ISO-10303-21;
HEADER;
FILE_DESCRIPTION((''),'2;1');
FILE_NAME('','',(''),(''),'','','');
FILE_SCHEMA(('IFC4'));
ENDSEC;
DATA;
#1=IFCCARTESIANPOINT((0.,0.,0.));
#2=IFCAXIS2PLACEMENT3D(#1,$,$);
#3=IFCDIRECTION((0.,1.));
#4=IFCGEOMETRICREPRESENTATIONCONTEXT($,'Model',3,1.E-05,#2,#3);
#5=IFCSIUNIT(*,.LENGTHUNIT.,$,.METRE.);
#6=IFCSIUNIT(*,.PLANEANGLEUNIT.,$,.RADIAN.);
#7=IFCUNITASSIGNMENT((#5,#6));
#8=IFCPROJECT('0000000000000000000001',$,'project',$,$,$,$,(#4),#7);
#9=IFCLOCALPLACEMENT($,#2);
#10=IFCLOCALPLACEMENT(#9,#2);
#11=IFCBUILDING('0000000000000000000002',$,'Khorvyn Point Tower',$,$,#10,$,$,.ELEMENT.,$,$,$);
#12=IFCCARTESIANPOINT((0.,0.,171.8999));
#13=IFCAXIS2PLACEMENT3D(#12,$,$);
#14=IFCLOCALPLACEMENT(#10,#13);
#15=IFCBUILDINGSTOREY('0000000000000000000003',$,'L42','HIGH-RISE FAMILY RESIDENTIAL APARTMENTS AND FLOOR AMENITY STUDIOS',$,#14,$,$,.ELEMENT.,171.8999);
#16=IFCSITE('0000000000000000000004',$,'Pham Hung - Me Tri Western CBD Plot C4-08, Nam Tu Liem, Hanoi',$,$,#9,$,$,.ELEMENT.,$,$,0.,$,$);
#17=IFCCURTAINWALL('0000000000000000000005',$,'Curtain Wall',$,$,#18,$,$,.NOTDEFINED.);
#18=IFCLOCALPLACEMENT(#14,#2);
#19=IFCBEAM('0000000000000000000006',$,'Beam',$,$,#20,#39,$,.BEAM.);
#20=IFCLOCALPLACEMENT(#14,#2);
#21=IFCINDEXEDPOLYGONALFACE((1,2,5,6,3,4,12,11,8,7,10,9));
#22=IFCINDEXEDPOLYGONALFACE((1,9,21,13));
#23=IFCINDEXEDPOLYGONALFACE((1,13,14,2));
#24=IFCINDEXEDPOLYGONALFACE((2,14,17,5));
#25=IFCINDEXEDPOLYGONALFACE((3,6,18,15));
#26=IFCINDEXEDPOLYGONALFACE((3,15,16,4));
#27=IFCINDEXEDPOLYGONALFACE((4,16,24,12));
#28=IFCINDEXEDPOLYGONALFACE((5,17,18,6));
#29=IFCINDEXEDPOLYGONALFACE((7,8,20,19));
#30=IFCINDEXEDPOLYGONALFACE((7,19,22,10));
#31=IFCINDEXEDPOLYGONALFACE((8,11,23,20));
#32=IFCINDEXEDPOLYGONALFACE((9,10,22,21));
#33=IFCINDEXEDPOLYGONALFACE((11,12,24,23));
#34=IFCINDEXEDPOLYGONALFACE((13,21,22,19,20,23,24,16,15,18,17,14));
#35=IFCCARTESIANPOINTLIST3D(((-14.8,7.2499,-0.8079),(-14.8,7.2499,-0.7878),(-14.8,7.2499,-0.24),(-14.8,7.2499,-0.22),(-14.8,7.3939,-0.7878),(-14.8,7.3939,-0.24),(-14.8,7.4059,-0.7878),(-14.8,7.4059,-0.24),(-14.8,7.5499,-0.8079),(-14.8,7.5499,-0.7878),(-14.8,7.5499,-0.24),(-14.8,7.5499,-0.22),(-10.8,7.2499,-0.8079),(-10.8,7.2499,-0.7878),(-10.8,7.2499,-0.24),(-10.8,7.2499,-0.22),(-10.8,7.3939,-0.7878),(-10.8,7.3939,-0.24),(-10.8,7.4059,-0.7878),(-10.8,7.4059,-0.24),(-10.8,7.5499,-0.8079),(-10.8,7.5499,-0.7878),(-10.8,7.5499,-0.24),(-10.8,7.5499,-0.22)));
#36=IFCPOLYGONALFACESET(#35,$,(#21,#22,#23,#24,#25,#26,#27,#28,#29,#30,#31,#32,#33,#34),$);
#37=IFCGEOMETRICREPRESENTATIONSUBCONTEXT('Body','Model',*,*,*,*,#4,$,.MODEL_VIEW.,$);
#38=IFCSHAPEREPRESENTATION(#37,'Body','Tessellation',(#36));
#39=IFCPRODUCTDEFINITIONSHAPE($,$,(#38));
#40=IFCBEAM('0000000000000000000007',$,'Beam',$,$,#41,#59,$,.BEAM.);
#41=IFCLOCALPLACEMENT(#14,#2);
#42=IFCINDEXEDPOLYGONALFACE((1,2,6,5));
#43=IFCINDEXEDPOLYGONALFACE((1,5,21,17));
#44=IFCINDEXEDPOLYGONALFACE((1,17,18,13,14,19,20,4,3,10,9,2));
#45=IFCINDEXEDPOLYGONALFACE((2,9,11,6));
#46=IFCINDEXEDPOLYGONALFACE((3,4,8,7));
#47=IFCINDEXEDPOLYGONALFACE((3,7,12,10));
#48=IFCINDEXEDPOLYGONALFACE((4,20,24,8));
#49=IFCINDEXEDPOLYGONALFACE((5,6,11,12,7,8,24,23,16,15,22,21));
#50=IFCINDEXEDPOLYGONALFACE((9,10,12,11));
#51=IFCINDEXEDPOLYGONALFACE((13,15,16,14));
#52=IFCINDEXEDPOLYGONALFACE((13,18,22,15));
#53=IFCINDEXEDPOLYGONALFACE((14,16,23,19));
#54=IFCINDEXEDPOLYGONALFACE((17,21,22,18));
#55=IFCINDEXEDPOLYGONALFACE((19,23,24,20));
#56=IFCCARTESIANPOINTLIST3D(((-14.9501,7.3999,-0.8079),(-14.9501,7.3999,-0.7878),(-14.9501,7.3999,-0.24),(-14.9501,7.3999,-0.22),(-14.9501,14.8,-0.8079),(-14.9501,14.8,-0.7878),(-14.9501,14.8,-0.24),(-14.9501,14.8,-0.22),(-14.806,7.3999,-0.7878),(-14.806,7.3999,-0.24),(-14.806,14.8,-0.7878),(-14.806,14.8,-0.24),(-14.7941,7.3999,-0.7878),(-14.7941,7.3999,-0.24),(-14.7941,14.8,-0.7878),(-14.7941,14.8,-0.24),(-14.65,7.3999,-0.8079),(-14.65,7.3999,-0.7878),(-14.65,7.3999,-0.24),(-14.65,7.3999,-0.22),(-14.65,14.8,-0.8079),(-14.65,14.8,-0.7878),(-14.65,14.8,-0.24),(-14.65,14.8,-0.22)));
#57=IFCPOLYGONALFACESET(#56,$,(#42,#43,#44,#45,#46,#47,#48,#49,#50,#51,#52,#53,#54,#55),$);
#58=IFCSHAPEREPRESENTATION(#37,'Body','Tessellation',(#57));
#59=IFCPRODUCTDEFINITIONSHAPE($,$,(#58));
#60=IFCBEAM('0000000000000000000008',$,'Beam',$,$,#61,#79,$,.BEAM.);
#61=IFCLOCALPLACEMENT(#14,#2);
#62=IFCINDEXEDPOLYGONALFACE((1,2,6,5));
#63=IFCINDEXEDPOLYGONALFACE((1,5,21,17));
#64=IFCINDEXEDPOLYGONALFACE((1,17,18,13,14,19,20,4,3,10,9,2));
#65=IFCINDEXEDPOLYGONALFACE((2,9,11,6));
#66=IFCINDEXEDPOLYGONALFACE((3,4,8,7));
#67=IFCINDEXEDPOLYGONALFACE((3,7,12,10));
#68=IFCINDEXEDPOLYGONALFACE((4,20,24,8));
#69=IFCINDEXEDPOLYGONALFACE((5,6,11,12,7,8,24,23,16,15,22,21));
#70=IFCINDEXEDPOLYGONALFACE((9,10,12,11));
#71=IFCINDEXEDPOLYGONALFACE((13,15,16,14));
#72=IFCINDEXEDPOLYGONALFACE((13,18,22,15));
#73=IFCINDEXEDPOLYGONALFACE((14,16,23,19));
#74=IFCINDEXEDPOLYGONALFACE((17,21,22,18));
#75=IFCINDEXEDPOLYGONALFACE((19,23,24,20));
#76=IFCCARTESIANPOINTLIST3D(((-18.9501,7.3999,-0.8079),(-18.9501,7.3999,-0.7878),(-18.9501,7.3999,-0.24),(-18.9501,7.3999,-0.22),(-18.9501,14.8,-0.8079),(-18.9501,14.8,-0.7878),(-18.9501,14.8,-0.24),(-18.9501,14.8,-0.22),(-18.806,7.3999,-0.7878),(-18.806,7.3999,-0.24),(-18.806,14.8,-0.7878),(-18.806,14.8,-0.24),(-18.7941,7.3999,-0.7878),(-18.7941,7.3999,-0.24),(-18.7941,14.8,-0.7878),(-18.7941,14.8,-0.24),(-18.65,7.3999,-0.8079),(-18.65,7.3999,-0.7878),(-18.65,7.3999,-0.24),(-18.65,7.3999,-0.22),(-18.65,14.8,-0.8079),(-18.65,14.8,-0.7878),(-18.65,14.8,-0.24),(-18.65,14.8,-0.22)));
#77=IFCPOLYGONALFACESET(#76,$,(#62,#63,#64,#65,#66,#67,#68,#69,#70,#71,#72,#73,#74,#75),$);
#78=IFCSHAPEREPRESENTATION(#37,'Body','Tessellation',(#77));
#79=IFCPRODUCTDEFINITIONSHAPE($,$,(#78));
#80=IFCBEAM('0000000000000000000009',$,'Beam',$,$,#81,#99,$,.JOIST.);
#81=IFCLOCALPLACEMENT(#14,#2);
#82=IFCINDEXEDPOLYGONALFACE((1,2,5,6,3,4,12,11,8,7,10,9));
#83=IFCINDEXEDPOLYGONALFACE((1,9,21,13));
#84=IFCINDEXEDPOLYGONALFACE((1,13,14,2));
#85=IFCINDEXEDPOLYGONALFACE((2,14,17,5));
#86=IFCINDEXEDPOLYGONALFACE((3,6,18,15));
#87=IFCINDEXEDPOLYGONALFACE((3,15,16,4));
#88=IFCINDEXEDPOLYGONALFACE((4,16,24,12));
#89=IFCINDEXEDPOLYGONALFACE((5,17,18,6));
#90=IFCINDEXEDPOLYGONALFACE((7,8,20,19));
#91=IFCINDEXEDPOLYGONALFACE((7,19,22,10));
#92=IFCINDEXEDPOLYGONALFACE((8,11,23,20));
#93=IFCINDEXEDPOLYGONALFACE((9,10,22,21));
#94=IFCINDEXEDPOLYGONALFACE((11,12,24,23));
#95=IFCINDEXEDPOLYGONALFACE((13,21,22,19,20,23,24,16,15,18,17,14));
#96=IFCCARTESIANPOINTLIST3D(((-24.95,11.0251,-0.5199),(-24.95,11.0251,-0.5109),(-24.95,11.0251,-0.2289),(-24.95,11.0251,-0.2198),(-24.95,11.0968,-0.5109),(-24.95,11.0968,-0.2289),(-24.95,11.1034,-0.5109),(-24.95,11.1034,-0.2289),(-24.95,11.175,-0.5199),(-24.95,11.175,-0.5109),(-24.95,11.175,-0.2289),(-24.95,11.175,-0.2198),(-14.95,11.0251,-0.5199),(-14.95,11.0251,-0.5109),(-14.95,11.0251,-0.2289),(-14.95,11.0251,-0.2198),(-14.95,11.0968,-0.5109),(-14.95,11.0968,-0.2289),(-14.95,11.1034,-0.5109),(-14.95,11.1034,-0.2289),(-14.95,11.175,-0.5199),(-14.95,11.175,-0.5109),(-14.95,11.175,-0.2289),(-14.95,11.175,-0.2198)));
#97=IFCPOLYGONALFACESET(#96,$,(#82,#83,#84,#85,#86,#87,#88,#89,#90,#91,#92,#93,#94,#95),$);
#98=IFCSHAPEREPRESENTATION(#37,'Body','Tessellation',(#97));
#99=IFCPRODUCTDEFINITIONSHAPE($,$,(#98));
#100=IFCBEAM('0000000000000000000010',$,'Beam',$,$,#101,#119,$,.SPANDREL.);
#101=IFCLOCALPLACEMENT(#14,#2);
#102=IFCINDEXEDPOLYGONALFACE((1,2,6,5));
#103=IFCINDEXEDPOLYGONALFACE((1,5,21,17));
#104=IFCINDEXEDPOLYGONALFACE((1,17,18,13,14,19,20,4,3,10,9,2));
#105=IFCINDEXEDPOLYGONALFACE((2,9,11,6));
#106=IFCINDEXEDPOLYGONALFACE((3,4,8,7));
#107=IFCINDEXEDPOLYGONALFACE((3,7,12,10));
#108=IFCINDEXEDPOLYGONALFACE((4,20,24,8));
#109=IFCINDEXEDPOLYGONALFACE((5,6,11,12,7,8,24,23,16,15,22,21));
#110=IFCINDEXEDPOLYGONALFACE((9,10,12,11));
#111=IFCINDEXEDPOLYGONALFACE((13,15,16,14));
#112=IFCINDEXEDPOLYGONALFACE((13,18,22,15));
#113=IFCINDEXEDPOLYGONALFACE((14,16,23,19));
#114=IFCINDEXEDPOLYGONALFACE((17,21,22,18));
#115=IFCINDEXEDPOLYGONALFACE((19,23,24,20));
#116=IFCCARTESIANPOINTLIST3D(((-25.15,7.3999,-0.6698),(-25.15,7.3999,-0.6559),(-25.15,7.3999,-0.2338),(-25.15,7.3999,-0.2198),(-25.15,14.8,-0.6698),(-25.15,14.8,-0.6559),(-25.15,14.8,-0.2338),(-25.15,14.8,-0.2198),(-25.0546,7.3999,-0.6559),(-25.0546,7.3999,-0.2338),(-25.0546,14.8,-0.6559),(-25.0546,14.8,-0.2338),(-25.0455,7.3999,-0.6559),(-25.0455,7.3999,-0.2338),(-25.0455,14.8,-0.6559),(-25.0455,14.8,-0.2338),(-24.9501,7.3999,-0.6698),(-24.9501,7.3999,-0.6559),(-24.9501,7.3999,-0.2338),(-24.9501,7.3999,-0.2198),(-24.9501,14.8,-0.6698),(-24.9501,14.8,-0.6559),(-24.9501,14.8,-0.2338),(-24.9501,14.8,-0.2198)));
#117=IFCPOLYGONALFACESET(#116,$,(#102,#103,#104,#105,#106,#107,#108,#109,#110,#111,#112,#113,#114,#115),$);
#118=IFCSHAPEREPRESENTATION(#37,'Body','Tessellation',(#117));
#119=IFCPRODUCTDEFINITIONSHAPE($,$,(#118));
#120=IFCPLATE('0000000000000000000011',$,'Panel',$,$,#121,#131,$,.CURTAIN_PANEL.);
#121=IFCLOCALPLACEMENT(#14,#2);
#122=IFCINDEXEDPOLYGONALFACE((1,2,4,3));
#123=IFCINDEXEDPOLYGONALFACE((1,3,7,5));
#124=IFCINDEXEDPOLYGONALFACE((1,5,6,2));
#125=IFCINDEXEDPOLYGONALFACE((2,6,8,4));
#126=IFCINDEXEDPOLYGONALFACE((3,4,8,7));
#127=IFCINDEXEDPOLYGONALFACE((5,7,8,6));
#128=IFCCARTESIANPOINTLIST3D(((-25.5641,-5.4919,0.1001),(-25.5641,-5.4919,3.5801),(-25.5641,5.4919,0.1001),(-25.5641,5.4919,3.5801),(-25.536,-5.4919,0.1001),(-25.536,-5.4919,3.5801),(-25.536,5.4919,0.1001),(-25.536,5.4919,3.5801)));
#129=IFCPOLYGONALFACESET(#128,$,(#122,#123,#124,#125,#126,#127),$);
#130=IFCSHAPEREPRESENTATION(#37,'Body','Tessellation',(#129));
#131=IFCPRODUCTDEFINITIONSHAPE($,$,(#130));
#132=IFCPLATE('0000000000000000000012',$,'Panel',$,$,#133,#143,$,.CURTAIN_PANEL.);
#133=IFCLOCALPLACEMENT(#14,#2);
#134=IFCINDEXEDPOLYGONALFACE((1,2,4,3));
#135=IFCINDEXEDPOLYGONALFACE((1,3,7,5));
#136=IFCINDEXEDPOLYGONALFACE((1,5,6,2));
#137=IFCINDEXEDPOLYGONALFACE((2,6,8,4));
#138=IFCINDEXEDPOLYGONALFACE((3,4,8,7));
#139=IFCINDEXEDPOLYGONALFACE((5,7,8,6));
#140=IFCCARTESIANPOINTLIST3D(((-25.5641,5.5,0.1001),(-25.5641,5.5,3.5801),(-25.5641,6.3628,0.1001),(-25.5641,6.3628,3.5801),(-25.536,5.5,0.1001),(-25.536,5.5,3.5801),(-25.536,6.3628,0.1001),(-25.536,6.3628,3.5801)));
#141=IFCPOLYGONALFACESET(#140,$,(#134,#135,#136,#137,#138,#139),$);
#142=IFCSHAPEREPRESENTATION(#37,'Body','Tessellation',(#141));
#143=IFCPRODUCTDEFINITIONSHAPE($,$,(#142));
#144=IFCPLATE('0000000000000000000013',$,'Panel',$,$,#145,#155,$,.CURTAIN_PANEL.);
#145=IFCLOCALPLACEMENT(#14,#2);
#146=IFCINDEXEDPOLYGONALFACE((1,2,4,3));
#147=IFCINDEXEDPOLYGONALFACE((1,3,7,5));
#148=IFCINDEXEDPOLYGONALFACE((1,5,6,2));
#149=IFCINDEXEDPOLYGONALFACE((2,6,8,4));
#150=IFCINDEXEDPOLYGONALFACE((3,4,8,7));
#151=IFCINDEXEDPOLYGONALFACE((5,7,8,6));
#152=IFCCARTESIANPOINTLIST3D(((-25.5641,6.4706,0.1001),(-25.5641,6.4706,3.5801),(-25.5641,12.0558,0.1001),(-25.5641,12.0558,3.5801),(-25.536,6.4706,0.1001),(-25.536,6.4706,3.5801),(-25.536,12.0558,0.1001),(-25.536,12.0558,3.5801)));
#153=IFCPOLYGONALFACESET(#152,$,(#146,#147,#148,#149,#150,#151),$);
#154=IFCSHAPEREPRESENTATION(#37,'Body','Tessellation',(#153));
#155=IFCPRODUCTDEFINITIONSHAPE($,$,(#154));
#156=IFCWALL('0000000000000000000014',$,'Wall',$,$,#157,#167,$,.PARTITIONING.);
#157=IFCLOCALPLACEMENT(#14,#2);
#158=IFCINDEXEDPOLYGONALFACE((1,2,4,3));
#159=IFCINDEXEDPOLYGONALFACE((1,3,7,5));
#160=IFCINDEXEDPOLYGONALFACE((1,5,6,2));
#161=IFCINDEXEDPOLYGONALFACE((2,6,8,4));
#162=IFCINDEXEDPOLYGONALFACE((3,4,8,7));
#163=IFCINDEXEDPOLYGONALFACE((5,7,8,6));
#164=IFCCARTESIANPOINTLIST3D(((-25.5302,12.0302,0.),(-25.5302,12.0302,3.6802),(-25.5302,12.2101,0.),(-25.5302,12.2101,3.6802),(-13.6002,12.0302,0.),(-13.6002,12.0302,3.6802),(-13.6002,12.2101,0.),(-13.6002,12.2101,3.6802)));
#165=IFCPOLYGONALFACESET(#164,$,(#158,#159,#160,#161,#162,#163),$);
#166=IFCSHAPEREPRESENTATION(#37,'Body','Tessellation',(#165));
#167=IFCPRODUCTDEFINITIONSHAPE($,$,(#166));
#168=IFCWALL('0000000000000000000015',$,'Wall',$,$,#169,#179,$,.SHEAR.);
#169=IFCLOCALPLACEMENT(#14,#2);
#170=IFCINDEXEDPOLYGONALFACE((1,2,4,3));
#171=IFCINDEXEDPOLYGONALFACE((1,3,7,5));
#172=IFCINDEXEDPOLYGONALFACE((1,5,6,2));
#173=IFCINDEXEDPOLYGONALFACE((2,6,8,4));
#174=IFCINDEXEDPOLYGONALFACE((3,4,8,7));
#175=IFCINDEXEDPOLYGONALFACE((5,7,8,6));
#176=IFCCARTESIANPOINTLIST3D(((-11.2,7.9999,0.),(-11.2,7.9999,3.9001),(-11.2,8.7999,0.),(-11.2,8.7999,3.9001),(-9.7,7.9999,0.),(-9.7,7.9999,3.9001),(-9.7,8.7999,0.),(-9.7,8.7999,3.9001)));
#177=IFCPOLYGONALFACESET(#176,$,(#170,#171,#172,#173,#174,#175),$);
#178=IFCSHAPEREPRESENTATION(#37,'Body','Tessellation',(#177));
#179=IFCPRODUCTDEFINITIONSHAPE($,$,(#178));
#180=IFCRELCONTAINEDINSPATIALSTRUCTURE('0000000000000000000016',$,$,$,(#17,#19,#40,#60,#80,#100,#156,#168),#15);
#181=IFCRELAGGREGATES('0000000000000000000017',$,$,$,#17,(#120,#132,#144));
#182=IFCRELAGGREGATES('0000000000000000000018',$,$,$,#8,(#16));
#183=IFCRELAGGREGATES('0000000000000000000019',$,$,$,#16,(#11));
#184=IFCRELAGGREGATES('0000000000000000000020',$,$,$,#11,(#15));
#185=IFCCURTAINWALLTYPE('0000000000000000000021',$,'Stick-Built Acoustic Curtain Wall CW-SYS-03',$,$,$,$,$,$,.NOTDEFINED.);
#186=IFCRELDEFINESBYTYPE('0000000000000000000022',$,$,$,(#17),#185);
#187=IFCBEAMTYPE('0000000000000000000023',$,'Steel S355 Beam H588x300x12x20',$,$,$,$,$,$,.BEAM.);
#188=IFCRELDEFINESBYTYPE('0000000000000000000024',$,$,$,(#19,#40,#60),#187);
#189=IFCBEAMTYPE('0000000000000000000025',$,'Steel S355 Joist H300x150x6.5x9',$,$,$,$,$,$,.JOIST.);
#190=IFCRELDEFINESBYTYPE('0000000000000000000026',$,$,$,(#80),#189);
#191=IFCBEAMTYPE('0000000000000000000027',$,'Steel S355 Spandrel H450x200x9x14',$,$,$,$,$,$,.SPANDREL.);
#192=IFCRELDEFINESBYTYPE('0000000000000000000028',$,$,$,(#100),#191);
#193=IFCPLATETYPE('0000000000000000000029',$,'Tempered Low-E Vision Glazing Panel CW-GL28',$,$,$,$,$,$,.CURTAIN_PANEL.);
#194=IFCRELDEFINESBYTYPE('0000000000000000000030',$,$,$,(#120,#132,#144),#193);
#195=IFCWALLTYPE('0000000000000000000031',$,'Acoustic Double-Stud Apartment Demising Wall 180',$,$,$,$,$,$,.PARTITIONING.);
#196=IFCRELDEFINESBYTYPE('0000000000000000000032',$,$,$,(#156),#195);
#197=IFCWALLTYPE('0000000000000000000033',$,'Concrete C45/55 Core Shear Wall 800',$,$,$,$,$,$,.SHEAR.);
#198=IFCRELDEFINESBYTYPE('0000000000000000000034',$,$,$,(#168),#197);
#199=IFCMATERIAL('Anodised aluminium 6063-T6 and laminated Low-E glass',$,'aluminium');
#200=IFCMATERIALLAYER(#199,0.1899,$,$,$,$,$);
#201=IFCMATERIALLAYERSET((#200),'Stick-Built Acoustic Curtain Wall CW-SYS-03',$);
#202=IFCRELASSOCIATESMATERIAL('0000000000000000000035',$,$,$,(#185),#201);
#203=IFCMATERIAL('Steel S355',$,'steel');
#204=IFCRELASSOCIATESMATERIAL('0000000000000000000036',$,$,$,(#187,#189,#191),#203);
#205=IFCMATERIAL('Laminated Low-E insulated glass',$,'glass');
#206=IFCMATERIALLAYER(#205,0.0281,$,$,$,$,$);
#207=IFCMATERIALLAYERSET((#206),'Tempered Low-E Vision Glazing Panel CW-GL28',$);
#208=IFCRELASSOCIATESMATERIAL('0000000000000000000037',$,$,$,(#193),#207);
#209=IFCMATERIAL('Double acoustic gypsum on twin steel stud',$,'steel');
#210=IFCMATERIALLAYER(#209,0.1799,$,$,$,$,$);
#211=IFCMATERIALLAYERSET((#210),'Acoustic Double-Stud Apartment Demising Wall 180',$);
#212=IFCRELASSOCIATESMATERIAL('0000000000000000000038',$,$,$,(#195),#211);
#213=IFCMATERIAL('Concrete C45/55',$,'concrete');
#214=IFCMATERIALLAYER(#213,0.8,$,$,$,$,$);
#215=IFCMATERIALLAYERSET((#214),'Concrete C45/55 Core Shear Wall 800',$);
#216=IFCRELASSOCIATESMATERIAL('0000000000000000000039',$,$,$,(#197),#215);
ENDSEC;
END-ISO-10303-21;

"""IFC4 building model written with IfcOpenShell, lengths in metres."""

from ifc_helpers import new_model, si_unit, direction, frame, frame_2d, origin, origin_2d, place, context, subcontext, project, spatial, rectangle, i_section, extrude, material, layer, layer_set, material_profile, profile_set, type_object, element, aggregate, save


model = new_model("IFC4")

# Units and contexts
model_context = context("Model", 3, precision=1e-05, world=origin(), true_north=direction((0.0, 1.0)))
body_context = subcontext(model_context, "Body", "Model", "MODEL_VIEW")
ifc_project = project(units=[si_unit("LENGTHUNIT", "METRE"), si_unit("PLANEANGLEUNIT", "RADIAN")], contexts=[model_context])

# Site, building, storey
site_placement = place(None, origin())
site = spatial("IfcSite", under=ifc_project, at=site_placement, Name="Pham Hung - Me Tri Western CBD Plot C4-08, Nam Tu Liem, Hanoi", CompositionType="ELEMENT", RefElevation=0.0)
building_placement = place(site_placement, origin())
building = spatial("IfcBuilding", under=site, at=building_placement, Name="Khorvyn Point Tower", CompositionType="ELEMENT")
storey_placement = place(building_placement, frame((0.0, 0.0, 171.8999)))
storey = spatial("IfcBuildingStorey", under=building, at=storey_placement, Name="L42", Description="HIGH-RISE FAMILY RESIDENTIAL APARTMENTS AND FLOOR AMENITY STUDIOS", CompositionType="ELEMENT", Elevation=171.8999)

# Shared definitions
ifc_material_1 = material(Name="Concrete C45/55", Category="concrete")

# Curtain wall
ifc_material_2 = material(Name="Anodised aluminium 6063-T6 and laminated Low-E glass", Category="aluminium")
ifc_layer_1 = layer(ifc_material_2, 0.1899)
ifc_layer_set_1 = layer_set([ifc_layer_1], Name="Stick-Built Acoustic Curtain Wall CW-SYS-03")
curtain_wall_type = type_object("IfcCurtainWallType", Name="Stick-Built Acoustic Curtain Wall CW-SYS-03", PredefinedType="NOTDEFINED", material=ifc_layer_set_1)
curtain_wall_placement = place(storey_placement, origin())
curtain_wall = element("IfcCurtainWall", 1, at=curtain_wall_placement, inside=storey, type_object=curtain_wall_type, Name="Curtain Wall", PredefinedType="NOTDEFINED")

# Beams
ifc_material_3 = material(Name="Steel S355", Category="steel")
ifc_material_profile_1 = material_profile(ifc_material_3, i_section(OverallWidth=0.3, OverallDepth=0.5879, WebThickness=0.012, FlangeThickness=0.02, at=origin_2d()))
ifc_profile_set_1 = profile_set([ifc_material_profile_1], Name="Steel S355 H588x300x12x20")
beam_type_1 = type_object("IfcBeamType", Name="Steel S355 Beam H588x300x12x20", PredefinedType="BEAM", material=ifc_profile_set_1)
for number, where, z_axis, x_axis, name in (
    (2, (-14.8, 7.3999, -0.5139), (1.0, 0.0, 0.0), (0.0, 1.0, 0.0), "Beam"),
):
    element("IfcBeam", number, at=place(storey_placement, frame(where, z_axis=z_axis, x_axis=x_axis)), inside=storey, type_object=beam_type_1, Name=name, PredefinedType="BEAM", context=body_context, shape_type="SweptSolid", body=[
        extrude(i_section(OverallWidth=0.3, OverallDepth=0.5879, WebThickness=0.012, FlangeThickness=0.02, at=origin_2d()), origin(), (0.0, 0.0, 1.0), 4.0),
    ])
for number, where, z_axis, x_axis, name in (
    (3, (-14.8, 7.3999, -0.5139), (0.0, 1.0, 0.0), (-1.0, 0.0, 0.0), "Beam"),
    (4, (-18.8, 7.3999, -0.5139), (0.0, 1.0, 0.0), (-1.0, 0.0, 0.0), "Beam"),
):
    element("IfcBeam", number, at=place(storey_placement, frame(where, z_axis=z_axis, x_axis=x_axis)), inside=storey, type_object=beam_type_1, Name=name, PredefinedType="BEAM", context=body_context, shape_type="SweptSolid", body=[
        extrude(i_section(OverallWidth=0.3, OverallDepth=0.5879, WebThickness=0.012, FlangeThickness=0.02, at=origin_2d()), origin(), (0.0, 0.0, 1.0), 7.4001),
    ])
ifc_material_profile_2 = material_profile(ifc_material_3, i_section(OverallWidth=0.1499, OverallDepth=0.3, WebThickness=0.0066, FlangeThickness=0.009, at=origin_2d()))
ifc_profile_set_2 = profile_set([ifc_material_profile_2], Name="Steel S355 H300x150x6.5x9")
beam_type_2 = type_object("IfcBeamType", Name="Steel S355 Joist H300x150x6.5x9", PredefinedType="JOIST", material=ifc_profile_set_2)
beam_1_placement = place(storey_placement, frame((-24.95, 11.1001, -0.3699), z_axis=(1.0, 0.0, 0.0), x_axis=(0.0, 1.0, 0.0)))
element("IfcBeam", 5, at=beam_1_placement, inside=storey, type_object=beam_type_2, Name="Beam", PredefinedType="JOIST", context=body_context, shape_type="SweptSolid", body=[
    extrude(i_section(OverallWidth=0.1499, OverallDepth=0.3, WebThickness=0.0066, FlangeThickness=0.009, at=origin_2d()), origin(), (0.0, 0.0, 1.0), 10.0),
])
ifc_material_profile_3 = material_profile(ifc_material_3, i_section(OverallWidth=0.2, OverallDepth=0.45, WebThickness=0.009, FlangeThickness=0.0139, at=origin_2d()))
ifc_profile_set_3 = profile_set([ifc_material_profile_3], Name="Steel S355 H450x200x9x14")
beam_type_3 = type_object("IfcBeamType", Name="Steel S355 Spandrel H450x200x9x14", PredefinedType="SPANDREL", material=ifc_profile_set_3)
beam_2_placement = place(storey_placement, frame((-25.05, 7.3999, -0.4448), z_axis=(0.0, 1.0, 0.0), x_axis=(-1.0, 0.0, 0.0)))
element("IfcBeam", 6, at=beam_2_placement, inside=storey, type_object=beam_type_3, Name="Beam", PredefinedType="SPANDREL", context=body_context, shape_type="SweptSolid", body=[
    extrude(i_section(OverallWidth=0.2, OverallDepth=0.45, WebThickness=0.009, FlangeThickness=0.0139, at=origin_2d()), origin(), (0.0, 0.0, 1.0), 7.4001),
])

# Plates
ifc_material_4 = material(Name="Laminated Low-E insulated glass", Category="glass")
ifc_layer_2 = layer(ifc_material_4, 0.0281)
ifc_layer_set_2 = layer_set([ifc_layer_2], Name="Tempered Low-E Vision Glazing Panel CW-GL28")
plate_type = type_object("IfcPlateType", Name="Tempered Low-E Vision Glazing Panel CW-GL28", PredefinedType="CURTAIN_PANEL", material=ifc_layer_set_2)
plate_1_placement = place(storey_placement, frame((-25.55, 0.0, 0.1001), z_axis=(0.0, 0.0, 1.0), x_axis=(0.0, 1.0, 0.0)))
plate_1 = element("IfcPlate", 7, at=plate_1_placement, type_object=plate_type, Name="Panel", PredefinedType="CURTAIN_PANEL", context=body_context, shape_type="SweptSolid", body=[
    extrude(rectangle(XDim=10.9839, YDim=0.0281, at=origin_2d()), origin(), (0.0, 0.0, 1.0), 3.48),
])
plate_2_placement = place(storey_placement, frame((-25.55, 5.9314, 0.1001), z_axis=(0.0, 0.0, 1.0), x_axis=(0.0, 1.0, 0.0)))
plate_2 = element("IfcPlate", 8, at=plate_2_placement, type_object=plate_type, Name="Panel", PredefinedType="CURTAIN_PANEL", context=body_context, shape_type="SweptSolid", body=[
    extrude(rectangle(XDim=0.8628, YDim=0.0281, at=origin_2d()), origin(), (0.0, 0.0, 1.0), 3.48),
])
plate_3_placement = place(storey_placement, frame((-25.55, 9.2632, 0.1001), z_axis=(0.0, 0.0, 1.0), x_axis=(0.0, 1.0, 0.0)))
plate_3 = element("IfcPlate", 9, at=plate_3_placement, type_object=plate_type, Name="Panel", PredefinedType="CURTAIN_PANEL", context=body_context, shape_type="SweptSolid", body=[
    extrude(rectangle(XDim=5.5852, YDim=0.0281, at=origin_2d()), origin(), (0.0, 0.0, 1.0), 3.48),
])
aggregate(curtain_wall, [plate_1, plate_2, plate_3])

# Walls
ifc_material_5 = material(Name="Double acoustic gypsum on twin steel stud", Category="steel")
ifc_layer_3 = layer(ifc_material_5, 0.1799)
ifc_layer_set_3 = layer_set([ifc_layer_3], Name="Acoustic Double-Stud Apartment Demising Wall 180")
wall_type_1 = type_object("IfcWallType", Name="Acoustic Double-Stud Apartment Demising Wall 180", PredefinedType="PARTITIONING", material=ifc_layer_set_3)
wall_1_placement = place(storey_placement, frame((-25.53, 12.1201, 0.0), z_axis=(0.0, 0.0, 1.0), x_axis=(1.0, 0.0, 0.0)))
element("IfcWall", 10, at=wall_1_placement, inside=storey, type_object=wall_type_1, Name="Wall", PredefinedType="PARTITIONING", context=body_context, shape_type="SweptSolid", body=[
    extrude(rectangle(XDim=11.9299, YDim=0.1799, at=frame_2d((5.9648, 0.0))), origin(), (0.0, 0.0, 1.0), 3.6802),
])
ifc_layer_4 = layer(ifc_material_1, 0.8)
ifc_layer_set_4 = layer_set([ifc_layer_4], Name="Concrete C45/55 Core Shear Wall 800")
wall_type_2 = type_object("IfcWallType", Name="Concrete C45/55 Core Shear Wall 800", PredefinedType="SHEAR", material=ifc_layer_set_4)
wall_2_placement = place(storey_placement, frame((-11.2, 8.3999, 0.0), z_axis=(0.0, 0.0, 1.0), x_axis=(1.0, 0.0, 0.0)))
element("IfcWall", 11, at=wall_2_placement, inside=storey, type_object=wall_type_2, Name="Wall", PredefinedType="SHEAR", context=body_context, shape_type="SweptSolid", body=[
    extrude(rectangle(XDim=1.5, YDim=0.8, at=frame_2d((0.75, 0.0))), origin(), (0.0, 0.0, 1.0), 3.9001),
])

save(model, "model.ifc")
